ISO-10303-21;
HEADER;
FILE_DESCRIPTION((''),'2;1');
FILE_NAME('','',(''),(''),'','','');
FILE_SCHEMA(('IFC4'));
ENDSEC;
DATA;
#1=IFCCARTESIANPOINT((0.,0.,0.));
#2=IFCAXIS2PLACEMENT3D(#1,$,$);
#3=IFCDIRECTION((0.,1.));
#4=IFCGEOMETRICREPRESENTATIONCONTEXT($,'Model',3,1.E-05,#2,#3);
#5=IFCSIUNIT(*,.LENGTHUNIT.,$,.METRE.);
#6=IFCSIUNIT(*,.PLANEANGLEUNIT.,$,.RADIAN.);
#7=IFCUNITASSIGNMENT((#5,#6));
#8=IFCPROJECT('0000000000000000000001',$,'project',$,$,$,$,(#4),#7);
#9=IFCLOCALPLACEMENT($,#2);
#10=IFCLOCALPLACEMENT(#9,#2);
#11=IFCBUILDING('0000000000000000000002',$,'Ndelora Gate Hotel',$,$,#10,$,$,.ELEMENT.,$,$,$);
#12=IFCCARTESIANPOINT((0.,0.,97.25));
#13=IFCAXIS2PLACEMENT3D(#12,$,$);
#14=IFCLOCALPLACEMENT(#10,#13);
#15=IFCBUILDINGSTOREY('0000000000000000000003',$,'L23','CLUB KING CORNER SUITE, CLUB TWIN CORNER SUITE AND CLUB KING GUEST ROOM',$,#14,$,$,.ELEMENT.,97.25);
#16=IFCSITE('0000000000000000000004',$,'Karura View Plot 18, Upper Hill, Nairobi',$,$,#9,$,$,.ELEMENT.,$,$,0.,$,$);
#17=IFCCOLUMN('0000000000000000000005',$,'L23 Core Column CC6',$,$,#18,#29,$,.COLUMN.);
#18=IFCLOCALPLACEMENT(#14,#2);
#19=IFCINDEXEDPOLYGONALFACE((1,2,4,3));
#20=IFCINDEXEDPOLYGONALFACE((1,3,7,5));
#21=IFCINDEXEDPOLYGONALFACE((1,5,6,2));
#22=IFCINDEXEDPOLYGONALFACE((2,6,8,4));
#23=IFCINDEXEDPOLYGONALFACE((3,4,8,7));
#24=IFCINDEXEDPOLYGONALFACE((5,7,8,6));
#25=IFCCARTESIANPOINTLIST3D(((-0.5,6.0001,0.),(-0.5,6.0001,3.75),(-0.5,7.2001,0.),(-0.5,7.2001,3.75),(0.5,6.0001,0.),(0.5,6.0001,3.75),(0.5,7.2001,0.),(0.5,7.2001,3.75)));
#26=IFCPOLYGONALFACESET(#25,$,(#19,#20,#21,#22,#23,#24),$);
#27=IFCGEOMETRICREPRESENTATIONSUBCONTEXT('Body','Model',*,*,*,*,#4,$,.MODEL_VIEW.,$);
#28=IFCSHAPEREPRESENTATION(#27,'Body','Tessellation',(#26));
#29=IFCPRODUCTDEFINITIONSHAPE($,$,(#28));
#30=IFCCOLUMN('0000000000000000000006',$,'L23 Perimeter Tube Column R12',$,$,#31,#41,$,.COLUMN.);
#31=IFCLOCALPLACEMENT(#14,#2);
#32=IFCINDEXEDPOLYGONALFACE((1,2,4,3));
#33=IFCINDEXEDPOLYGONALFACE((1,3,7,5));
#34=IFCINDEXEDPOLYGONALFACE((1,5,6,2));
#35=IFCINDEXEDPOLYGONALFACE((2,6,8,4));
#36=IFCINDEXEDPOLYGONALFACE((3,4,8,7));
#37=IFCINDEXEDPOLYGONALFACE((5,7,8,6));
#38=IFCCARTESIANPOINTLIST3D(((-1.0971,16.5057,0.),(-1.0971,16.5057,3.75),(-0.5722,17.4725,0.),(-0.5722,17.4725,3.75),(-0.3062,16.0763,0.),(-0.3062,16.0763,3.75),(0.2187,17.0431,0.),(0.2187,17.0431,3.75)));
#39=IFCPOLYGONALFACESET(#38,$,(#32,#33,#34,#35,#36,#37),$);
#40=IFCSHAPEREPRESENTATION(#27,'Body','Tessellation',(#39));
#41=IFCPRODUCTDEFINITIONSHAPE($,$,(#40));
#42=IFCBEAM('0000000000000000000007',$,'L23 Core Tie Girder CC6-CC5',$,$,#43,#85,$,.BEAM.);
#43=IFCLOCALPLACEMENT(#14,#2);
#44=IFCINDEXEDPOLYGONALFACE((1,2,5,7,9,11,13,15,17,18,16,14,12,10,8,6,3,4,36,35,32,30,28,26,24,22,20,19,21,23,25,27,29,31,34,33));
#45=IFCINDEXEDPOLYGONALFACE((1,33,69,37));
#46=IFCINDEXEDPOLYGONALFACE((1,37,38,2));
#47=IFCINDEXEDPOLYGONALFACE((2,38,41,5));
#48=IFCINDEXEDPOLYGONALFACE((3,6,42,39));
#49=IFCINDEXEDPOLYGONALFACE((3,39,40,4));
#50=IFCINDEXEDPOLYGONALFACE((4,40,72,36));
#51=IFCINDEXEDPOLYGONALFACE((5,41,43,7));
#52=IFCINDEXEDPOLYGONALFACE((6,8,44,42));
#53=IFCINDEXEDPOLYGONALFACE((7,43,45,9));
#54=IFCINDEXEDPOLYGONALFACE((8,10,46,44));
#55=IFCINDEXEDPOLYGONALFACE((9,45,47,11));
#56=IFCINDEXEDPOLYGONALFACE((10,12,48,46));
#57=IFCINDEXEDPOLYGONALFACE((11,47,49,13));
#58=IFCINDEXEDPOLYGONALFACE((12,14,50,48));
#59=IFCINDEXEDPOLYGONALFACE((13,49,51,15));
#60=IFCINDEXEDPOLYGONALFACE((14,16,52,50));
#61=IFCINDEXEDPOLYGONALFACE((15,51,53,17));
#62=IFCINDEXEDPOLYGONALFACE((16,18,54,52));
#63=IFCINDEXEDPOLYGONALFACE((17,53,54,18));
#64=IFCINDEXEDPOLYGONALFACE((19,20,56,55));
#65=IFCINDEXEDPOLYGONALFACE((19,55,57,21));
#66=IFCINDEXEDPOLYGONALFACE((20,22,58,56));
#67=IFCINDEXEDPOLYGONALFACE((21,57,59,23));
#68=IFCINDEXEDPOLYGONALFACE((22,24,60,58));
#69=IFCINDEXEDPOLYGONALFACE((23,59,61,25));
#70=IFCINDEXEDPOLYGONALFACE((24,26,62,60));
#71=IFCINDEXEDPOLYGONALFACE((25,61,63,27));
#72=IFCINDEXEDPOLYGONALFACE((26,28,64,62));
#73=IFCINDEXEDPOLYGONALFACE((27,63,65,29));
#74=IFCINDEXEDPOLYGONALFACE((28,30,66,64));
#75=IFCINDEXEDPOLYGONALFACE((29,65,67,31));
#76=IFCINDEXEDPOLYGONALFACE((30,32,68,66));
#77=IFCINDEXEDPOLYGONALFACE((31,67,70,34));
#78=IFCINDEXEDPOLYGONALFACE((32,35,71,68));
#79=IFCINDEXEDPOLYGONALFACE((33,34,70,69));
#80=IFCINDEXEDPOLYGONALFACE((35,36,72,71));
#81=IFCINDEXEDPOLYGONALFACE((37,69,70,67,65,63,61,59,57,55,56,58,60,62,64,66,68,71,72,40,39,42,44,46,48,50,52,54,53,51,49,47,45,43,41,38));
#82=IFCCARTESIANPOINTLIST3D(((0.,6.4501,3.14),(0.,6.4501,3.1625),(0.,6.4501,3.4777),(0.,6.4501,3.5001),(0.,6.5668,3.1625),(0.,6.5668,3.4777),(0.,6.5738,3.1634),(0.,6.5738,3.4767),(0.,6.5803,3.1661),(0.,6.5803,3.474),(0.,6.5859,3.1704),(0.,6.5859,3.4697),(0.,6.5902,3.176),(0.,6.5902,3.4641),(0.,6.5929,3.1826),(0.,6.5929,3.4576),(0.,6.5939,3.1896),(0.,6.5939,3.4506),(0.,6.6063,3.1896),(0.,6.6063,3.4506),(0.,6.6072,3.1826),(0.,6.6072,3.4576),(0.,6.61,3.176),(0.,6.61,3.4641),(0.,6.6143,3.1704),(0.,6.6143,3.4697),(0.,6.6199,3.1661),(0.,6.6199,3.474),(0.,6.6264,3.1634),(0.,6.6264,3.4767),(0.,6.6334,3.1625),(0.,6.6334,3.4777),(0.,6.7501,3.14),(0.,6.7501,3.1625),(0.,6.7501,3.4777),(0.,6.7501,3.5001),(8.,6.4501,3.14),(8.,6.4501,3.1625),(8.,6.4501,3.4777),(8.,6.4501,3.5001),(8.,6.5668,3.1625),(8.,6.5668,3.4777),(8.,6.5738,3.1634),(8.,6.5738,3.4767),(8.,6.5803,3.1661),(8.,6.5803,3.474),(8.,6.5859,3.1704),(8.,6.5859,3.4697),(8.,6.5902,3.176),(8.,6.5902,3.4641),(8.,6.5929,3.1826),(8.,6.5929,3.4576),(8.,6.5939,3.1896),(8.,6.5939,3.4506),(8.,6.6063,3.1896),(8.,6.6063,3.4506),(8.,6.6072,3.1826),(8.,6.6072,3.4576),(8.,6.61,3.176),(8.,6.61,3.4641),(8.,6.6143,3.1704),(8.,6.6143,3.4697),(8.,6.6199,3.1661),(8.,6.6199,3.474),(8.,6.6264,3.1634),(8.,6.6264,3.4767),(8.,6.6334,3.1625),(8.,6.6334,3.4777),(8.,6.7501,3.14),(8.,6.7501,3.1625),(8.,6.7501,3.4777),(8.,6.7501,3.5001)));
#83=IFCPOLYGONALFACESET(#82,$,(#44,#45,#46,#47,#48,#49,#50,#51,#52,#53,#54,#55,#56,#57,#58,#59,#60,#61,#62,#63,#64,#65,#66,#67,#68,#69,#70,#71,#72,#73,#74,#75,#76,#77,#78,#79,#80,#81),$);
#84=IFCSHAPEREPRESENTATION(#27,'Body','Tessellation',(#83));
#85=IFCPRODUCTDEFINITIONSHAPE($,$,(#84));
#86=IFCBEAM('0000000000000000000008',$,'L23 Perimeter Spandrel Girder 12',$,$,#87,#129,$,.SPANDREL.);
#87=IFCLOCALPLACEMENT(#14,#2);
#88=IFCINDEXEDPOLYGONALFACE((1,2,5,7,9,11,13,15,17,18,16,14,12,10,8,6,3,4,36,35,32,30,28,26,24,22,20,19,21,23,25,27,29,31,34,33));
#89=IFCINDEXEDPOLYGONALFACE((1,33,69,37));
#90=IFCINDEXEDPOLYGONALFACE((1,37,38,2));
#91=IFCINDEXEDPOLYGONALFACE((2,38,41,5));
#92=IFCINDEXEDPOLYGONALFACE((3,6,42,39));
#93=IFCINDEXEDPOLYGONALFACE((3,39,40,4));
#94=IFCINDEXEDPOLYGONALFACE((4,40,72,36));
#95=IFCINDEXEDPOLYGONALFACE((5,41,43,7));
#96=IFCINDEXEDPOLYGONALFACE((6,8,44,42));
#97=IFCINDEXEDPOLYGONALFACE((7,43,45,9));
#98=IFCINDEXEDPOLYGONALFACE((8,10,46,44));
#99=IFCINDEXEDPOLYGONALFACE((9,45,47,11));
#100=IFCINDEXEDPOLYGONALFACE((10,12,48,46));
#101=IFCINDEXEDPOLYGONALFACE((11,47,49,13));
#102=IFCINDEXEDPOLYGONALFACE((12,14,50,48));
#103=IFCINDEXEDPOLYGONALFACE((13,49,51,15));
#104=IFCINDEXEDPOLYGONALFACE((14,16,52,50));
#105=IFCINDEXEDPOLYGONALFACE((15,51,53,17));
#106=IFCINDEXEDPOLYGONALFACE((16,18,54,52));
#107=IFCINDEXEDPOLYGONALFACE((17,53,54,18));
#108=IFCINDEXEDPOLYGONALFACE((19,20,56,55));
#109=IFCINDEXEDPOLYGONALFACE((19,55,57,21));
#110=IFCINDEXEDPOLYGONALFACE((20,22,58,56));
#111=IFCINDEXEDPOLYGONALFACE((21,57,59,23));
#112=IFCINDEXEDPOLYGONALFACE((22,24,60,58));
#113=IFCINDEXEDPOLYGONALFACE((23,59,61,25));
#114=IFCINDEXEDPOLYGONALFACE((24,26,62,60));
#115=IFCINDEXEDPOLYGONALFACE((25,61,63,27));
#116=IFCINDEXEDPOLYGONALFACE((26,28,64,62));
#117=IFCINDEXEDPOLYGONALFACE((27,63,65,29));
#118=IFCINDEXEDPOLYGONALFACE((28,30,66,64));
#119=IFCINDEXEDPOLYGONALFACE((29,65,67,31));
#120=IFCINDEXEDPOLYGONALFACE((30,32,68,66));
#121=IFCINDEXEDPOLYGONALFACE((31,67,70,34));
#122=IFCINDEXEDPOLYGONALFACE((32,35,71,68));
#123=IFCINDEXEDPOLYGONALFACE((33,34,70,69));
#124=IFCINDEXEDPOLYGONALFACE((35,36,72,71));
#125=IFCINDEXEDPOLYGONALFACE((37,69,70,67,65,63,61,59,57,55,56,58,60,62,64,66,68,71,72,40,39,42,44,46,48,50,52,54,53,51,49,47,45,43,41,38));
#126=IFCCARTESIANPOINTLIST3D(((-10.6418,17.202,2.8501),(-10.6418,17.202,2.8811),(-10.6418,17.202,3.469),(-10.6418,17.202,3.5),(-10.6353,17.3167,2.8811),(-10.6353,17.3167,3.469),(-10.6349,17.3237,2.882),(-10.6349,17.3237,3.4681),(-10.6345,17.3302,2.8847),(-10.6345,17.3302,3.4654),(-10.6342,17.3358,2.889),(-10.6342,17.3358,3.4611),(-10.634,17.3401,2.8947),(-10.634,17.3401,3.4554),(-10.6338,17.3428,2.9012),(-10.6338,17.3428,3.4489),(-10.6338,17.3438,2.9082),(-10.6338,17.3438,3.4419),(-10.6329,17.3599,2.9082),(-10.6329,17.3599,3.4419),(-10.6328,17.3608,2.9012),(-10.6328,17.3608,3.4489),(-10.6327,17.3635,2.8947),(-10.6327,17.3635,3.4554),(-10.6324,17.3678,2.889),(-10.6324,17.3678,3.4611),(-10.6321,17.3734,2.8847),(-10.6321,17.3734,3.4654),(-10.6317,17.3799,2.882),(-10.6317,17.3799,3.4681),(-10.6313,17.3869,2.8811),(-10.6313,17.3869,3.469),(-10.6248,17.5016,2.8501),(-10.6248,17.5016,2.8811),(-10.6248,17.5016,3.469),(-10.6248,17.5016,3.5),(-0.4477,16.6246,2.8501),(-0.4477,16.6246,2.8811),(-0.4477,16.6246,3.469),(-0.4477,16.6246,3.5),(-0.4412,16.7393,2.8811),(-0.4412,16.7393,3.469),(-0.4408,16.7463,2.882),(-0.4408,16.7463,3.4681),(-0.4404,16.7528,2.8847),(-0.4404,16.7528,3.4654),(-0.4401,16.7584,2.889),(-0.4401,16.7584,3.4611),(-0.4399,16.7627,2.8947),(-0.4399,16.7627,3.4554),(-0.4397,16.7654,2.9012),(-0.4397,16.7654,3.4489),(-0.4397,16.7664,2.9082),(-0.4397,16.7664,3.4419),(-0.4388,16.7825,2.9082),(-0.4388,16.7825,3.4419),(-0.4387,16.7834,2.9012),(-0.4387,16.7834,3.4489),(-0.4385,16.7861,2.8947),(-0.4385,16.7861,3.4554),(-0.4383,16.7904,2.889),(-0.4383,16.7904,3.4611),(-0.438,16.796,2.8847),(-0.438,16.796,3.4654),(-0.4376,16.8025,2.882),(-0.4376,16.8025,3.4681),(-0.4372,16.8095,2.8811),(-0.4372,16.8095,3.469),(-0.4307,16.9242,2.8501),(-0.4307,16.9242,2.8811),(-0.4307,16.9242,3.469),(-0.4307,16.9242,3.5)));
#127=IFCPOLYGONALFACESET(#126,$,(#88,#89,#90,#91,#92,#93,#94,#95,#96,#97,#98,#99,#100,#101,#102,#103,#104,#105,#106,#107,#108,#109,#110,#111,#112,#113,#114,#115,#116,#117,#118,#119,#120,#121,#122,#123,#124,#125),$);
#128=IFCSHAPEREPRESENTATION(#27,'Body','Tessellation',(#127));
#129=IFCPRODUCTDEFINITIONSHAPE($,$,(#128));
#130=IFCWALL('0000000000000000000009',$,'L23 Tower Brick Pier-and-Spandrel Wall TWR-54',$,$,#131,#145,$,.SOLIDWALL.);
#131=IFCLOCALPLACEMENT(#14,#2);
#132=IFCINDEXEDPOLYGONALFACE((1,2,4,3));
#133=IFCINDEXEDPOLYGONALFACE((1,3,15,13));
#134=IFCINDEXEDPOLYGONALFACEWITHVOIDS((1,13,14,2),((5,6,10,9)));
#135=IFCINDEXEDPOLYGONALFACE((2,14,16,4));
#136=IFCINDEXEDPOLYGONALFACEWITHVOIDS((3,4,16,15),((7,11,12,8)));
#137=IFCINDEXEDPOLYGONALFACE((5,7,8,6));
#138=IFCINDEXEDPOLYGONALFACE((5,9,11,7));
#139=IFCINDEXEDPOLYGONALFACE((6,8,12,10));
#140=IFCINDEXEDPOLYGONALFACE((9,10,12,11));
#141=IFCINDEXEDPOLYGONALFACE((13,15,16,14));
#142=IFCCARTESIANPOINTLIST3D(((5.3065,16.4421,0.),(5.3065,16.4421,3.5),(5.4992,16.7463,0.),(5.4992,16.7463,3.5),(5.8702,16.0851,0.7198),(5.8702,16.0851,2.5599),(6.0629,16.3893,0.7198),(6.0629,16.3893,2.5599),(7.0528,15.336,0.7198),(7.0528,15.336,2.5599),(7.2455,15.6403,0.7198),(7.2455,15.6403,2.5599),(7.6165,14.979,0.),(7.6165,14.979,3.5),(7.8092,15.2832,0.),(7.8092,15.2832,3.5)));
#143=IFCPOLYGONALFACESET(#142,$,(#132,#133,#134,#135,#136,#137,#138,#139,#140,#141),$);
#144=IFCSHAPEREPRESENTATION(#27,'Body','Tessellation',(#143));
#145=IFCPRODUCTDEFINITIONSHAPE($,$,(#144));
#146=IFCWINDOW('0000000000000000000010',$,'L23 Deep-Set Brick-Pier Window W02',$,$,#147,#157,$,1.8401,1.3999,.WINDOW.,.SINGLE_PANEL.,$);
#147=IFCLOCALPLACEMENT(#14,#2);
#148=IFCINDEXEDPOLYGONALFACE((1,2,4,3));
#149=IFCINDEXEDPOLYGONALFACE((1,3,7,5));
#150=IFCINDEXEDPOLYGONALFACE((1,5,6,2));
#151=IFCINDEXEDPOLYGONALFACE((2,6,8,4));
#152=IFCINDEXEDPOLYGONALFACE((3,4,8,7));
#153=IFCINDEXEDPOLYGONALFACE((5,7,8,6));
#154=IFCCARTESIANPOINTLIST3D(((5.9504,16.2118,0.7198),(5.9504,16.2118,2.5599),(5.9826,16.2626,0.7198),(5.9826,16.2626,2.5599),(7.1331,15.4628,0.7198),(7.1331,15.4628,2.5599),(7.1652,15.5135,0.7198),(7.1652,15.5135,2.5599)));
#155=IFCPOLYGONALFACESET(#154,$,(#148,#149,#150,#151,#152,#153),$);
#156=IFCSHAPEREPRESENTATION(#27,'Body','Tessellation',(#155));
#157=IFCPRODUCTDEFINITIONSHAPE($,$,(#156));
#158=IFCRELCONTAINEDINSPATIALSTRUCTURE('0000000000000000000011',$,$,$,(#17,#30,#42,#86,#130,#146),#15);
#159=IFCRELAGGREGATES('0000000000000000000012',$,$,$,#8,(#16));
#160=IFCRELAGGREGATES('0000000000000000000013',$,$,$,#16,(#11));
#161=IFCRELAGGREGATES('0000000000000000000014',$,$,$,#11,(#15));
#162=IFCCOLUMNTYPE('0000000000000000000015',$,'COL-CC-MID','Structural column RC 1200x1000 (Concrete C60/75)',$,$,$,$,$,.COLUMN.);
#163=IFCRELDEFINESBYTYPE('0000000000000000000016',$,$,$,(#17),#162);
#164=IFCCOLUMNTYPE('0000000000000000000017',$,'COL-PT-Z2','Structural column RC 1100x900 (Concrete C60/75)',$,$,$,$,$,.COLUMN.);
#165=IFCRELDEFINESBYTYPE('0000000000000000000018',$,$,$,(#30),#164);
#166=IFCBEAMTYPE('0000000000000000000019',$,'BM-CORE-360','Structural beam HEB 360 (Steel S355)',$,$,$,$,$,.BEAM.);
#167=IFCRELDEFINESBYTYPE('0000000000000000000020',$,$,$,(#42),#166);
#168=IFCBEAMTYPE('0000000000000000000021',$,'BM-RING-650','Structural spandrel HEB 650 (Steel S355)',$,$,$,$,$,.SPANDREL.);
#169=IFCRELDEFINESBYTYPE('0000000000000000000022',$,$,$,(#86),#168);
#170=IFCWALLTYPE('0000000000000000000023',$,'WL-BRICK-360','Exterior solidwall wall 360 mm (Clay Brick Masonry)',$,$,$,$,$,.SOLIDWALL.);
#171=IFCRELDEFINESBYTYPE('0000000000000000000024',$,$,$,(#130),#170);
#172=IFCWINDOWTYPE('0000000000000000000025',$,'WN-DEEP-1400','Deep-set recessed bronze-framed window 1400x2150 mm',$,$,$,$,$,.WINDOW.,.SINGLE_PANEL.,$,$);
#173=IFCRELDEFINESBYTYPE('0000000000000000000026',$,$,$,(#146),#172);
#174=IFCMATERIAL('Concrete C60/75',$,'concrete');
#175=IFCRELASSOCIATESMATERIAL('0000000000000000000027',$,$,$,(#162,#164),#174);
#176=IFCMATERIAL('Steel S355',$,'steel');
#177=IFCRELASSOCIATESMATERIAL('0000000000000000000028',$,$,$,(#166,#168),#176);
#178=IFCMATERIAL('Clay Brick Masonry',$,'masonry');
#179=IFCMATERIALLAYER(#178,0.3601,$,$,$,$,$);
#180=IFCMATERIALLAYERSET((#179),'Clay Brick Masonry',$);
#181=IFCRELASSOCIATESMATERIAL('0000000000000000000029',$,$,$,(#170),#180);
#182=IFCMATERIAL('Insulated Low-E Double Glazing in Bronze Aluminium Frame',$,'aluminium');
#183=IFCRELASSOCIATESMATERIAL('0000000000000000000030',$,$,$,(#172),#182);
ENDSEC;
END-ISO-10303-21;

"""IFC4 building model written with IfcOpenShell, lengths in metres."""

from ifc_helpers import new_model, si_unit, direction, frame, frame_2d, origin, origin_2d, place, context, subcontext, project, spatial, rectangle, i_section, extrude, material, layer, layer_set, material_profile, profile_set, type_object, element, fill, save


model = new_model("IFC4")

# Units and contexts
model_context = context("Model", 3, precision=1e-05, world=origin(), true_north=direction((0.0, 1.0)))
body_context = subcontext(model_context, "Body", "Model", "MODEL_VIEW")
ifc_project = project(units=[si_unit("LENGTHUNIT", "METRE"), si_unit("PLANEANGLEUNIT", "RADIAN")], contexts=[model_context])

# Site, building, storey
site_placement = place(None, origin())
site = spatial("IfcSite", under=ifc_project, at=site_placement, Name="Karura View Plot 18, Upper Hill, Nairobi", CompositionType="ELEMENT", RefElevation=0.0)
building_placement = place(site_placement, origin())
building = spatial("IfcBuilding", under=site, at=building_placement, Name="Ndelora Gate Hotel", CompositionType="ELEMENT")
storey_placement = place(building_placement, frame((0.0, 0.0, 97.25)))
storey = spatial("IfcBuildingStorey", under=building, at=storey_placement, Name="L23", Description="CLUB KING CORNER SUITE, CLUB TWIN CORNER SUITE AND CLUB KING GUEST ROOM", CompositionType="ELEMENT", Elevation=97.25)

# Columns
ifc_material_1 = material(Name="Concrete C60/75", Category="concrete")
ifc_material_profile_1 = material_profile(ifc_material_1, rectangle(XDim=1.0, YDim=1.2, at=origin_2d()), Name="RC 1200x1000")
ifc_profile_set_1 = profile_set([ifc_material_profile_1], Name="Concrete C60/75")
column_type_1 = type_object("IfcColumnType", Name="COL-CC-MID", Description="Structural column RC 1200x1000 (Concrete C60/75)", PredefinedType="COLUMN", material=ifc_profile_set_1)
column_1_placement = place(storey_placement, frame((0.0, 6.6001, 0.0), z_axis=(0.0, 0.0, 1.0), x_axis=(1.0, 0.0, 0.0)))
element("IfcColumn", 1, at=column_1_placement, inside=storey, type_object=column_type_1, Name="L23 Core Column CC6", PredefinedType="COLUMN", context=body_context, shape_type="SweptSolid", body=[
    extrude(rectangle(XDim=1.0, YDim=1.2, at=origin_2d()), origin(), (0.0, 0.0, 1.0), 3.75),
])
ifc_material_profile_2 = material_profile(ifc_material_1, rectangle(XDim=0.8999, YDim=1.1001, at=origin_2d()), Name="RC 1100x900")
ifc_profile_set_2 = profile_set([ifc_material_profile_2], Name="Concrete C60/75")
column_type_2 = type_object("IfcColumnType", Name="COL-PT-Z2", Description="Structural column RC 1100x900 (Concrete C60/75)", PredefinedType="COLUMN", material=ifc_profile_set_2)
column_2_placement = place(storey_placement, frame((-0.4392, 16.7744, 0.0), z_axis=(0.0, 0.0, 1.0), x_axis=(-0.878817, 0.477159, 0.0)))
element("IfcColumn", 2, at=column_2_placement, inside=storey, type_object=column_type_2, Name="L23 Perimeter Tube Column R12", PredefinedType="COLUMN", context=body_context, shape_type="SweptSolid", body=[
    extrude(rectangle(XDim=0.8999, YDim=1.1001, at=origin_2d()), origin(), (0.0, 0.0, 1.0), 3.75),
])

# Beams
ifc_material_2 = material(Name="Steel S355", Category="steel")
ifc_material_profile_3 = material_profile(ifc_material_2, i_section(OverallWidth=0.3, OverallDepth=0.3601, WebThickness=0.0125, FlangeThickness=0.0225, FilletRadius=0.0271, at=origin_2d()), Name="HEB 360")
ifc_profile_set_3 = profile_set([ifc_material_profile_3], Name="Steel S355")
beam_type_1 = type_object("IfcBeamType", Name="BM-CORE-360", Description="Structural beam HEB 360 (Steel S355)", PredefinedType="BEAM", material=ifc_profile_set_3)
beam_1_placement = place(storey_placement, frame((0.0, 6.6001, 3.3201), z_axis=(1.0, 0.0, 0.0), x_axis=(0.0, 1.0, 0.0)))
element("IfcBeam", 3, at=beam_1_placement, inside=storey, type_object=beam_type_1, Name="L23 Core Tie Girder CC6-CC5", PredefinedType="BEAM", context=body_context, shape_type="SweptSolid", body=[
    extrude(i_section(OverallWidth=0.3, OverallDepth=0.3601, WebThickness=0.0125, FlangeThickness=0.0225, FilletRadius=0.0271, at=origin_2d()), origin(), (0.0, 0.0, 1.0), 8.0),
])
ifc_material_profile_4 = material_profile(ifc_material_2, i_section(OverallWidth=0.3, OverallDepth=0.6499, WebThickness=0.0161, FlangeThickness=0.031, FilletRadius=0.0271, at=origin_2d()), Name="HEB 650")
ifc_profile_set_4 = profile_set([ifc_material_profile_4], Name="Steel S355")
beam_type_2 = type_object("IfcBeamType", Name="BM-RING-650", Description="Structural spandrel HEB 650 (Steel S355)", PredefinedType="SPANDREL", material=ifc_profile_set_4)
beam_2_placement = place(storey_placement, frame((-0.4392, 16.7744, 3.175), z_axis=(-0.9984, 0.056549, 0.0), x_axis=(-0.056549, -0.9984, 0.0)))
element("IfcBeam", 4, at=beam_2_placement, inside=storey, type_object=beam_type_2, Name="L23 Perimeter Spandrel Girder 12", PredefinedType="SPANDREL", context=body_context, shape_type="SweptSolid", body=[
    extrude(i_section(OverallWidth=0.3, OverallDepth=0.6499, WebThickness=0.0161, FlangeThickness=0.031, FilletRadius=0.0271, at=origin_2d()), origin(), (0.0, 0.0, 1.0), 10.2104),
])

# Wall, opening, window
ifc_material_3 = material(Name="Clay Brick Masonry", Category="masonry")
ifc_layer_1 = layer(ifc_material_3, 0.3601)
ifc_layer_set_1 = layer_set([ifc_layer_1], Name="Clay Brick Masonry")
wall_type_1 = type_object("IfcWallType", Name="WL-BRICK-360", Description="Exterior solidwall wall 360 mm (Clay Brick Masonry)", PredefinedType="SOLIDWALL", material=ifc_layer_set_1)
wall_1_placement = place(storey_placement, frame((5.4028, 16.5942, 0.0), z_axis=(0.0, 0.0, 1.0), x_axis=(0.844803, -0.535078, 0.0)))
wall_1 = element("IfcWall", 5, at=wall_1_placement, inside=storey, type_object=wall_type_1, Name="L23 Tower Brick Pier-and-Spandrel Wall TWR-54", PredefinedType="SOLIDWALL", context=body_context, shape_type="SweptSolid", body=[
    extrude(rectangle(XDim=2.7344, YDim=0.3601, at=frame_2d((1.3672, 0.0))), origin(), (0.0, 0.0, 1.0), 3.5),
])
opening_1_placement = place(wall_1_placement, frame((0.6672, 0.0, 0.72)))
opening_1 = element("IfcOpeningElement", 6, at=opening_1_placement, cuts=wall_1, PredefinedType="OPENING", context=body_context, shape_type="SweptSolid", body=[
    extrude(rectangle(XDim=1.3999, YDim=1.8401, at=frame_2d((0.7, 0.9199))), frame((0.0, 0.1899, 0.0), z_axis=(0.0, -1.0, 0.0), x_axis=(1.0, 0.0, 0.0)), (0.0, 0.0, 1.0), 0.3801),
])
ifc_material_4 = material(Name="Insulated Low-E Double Glazing in Bronze Aluminium Frame", Category="aluminium")
window_type_1 = type_object("IfcWindowType", Name="WN-DEEP-1400", Description="Deep-set recessed bronze-framed window 1400x2150 mm", PartitioningType="SINGLE_PANEL", PredefinedType="WINDOW", material=ifc_material_4)
window_1_placement = place(opening_1_placement, origin())
window_1 = element("IfcWindow", 7, at=window_1_placement, inside=storey, type_object=window_type_1, Name="L23 Deep-Set Brick-Pier Window W02", OverallHeight=1.8401, OverallWidth=1.3999, PartitioningType="SINGLE_PANEL", PredefinedType="WINDOW", context=body_context, shape_type="SweptSolid", body=[
    extrude(rectangle(XDim=1.3999, YDim=1.8401, at=frame_2d((0.7, 0.9199))), frame((0.0, 0.03, 0.0), z_axis=(0.0, -1.0, 0.0), x_axis=(1.0, 0.0, 0.0)), (0.0, 0.0, 1.0), 0.0601),
])
fill(opening_1, window_1)

save(model, "model.ifc")
